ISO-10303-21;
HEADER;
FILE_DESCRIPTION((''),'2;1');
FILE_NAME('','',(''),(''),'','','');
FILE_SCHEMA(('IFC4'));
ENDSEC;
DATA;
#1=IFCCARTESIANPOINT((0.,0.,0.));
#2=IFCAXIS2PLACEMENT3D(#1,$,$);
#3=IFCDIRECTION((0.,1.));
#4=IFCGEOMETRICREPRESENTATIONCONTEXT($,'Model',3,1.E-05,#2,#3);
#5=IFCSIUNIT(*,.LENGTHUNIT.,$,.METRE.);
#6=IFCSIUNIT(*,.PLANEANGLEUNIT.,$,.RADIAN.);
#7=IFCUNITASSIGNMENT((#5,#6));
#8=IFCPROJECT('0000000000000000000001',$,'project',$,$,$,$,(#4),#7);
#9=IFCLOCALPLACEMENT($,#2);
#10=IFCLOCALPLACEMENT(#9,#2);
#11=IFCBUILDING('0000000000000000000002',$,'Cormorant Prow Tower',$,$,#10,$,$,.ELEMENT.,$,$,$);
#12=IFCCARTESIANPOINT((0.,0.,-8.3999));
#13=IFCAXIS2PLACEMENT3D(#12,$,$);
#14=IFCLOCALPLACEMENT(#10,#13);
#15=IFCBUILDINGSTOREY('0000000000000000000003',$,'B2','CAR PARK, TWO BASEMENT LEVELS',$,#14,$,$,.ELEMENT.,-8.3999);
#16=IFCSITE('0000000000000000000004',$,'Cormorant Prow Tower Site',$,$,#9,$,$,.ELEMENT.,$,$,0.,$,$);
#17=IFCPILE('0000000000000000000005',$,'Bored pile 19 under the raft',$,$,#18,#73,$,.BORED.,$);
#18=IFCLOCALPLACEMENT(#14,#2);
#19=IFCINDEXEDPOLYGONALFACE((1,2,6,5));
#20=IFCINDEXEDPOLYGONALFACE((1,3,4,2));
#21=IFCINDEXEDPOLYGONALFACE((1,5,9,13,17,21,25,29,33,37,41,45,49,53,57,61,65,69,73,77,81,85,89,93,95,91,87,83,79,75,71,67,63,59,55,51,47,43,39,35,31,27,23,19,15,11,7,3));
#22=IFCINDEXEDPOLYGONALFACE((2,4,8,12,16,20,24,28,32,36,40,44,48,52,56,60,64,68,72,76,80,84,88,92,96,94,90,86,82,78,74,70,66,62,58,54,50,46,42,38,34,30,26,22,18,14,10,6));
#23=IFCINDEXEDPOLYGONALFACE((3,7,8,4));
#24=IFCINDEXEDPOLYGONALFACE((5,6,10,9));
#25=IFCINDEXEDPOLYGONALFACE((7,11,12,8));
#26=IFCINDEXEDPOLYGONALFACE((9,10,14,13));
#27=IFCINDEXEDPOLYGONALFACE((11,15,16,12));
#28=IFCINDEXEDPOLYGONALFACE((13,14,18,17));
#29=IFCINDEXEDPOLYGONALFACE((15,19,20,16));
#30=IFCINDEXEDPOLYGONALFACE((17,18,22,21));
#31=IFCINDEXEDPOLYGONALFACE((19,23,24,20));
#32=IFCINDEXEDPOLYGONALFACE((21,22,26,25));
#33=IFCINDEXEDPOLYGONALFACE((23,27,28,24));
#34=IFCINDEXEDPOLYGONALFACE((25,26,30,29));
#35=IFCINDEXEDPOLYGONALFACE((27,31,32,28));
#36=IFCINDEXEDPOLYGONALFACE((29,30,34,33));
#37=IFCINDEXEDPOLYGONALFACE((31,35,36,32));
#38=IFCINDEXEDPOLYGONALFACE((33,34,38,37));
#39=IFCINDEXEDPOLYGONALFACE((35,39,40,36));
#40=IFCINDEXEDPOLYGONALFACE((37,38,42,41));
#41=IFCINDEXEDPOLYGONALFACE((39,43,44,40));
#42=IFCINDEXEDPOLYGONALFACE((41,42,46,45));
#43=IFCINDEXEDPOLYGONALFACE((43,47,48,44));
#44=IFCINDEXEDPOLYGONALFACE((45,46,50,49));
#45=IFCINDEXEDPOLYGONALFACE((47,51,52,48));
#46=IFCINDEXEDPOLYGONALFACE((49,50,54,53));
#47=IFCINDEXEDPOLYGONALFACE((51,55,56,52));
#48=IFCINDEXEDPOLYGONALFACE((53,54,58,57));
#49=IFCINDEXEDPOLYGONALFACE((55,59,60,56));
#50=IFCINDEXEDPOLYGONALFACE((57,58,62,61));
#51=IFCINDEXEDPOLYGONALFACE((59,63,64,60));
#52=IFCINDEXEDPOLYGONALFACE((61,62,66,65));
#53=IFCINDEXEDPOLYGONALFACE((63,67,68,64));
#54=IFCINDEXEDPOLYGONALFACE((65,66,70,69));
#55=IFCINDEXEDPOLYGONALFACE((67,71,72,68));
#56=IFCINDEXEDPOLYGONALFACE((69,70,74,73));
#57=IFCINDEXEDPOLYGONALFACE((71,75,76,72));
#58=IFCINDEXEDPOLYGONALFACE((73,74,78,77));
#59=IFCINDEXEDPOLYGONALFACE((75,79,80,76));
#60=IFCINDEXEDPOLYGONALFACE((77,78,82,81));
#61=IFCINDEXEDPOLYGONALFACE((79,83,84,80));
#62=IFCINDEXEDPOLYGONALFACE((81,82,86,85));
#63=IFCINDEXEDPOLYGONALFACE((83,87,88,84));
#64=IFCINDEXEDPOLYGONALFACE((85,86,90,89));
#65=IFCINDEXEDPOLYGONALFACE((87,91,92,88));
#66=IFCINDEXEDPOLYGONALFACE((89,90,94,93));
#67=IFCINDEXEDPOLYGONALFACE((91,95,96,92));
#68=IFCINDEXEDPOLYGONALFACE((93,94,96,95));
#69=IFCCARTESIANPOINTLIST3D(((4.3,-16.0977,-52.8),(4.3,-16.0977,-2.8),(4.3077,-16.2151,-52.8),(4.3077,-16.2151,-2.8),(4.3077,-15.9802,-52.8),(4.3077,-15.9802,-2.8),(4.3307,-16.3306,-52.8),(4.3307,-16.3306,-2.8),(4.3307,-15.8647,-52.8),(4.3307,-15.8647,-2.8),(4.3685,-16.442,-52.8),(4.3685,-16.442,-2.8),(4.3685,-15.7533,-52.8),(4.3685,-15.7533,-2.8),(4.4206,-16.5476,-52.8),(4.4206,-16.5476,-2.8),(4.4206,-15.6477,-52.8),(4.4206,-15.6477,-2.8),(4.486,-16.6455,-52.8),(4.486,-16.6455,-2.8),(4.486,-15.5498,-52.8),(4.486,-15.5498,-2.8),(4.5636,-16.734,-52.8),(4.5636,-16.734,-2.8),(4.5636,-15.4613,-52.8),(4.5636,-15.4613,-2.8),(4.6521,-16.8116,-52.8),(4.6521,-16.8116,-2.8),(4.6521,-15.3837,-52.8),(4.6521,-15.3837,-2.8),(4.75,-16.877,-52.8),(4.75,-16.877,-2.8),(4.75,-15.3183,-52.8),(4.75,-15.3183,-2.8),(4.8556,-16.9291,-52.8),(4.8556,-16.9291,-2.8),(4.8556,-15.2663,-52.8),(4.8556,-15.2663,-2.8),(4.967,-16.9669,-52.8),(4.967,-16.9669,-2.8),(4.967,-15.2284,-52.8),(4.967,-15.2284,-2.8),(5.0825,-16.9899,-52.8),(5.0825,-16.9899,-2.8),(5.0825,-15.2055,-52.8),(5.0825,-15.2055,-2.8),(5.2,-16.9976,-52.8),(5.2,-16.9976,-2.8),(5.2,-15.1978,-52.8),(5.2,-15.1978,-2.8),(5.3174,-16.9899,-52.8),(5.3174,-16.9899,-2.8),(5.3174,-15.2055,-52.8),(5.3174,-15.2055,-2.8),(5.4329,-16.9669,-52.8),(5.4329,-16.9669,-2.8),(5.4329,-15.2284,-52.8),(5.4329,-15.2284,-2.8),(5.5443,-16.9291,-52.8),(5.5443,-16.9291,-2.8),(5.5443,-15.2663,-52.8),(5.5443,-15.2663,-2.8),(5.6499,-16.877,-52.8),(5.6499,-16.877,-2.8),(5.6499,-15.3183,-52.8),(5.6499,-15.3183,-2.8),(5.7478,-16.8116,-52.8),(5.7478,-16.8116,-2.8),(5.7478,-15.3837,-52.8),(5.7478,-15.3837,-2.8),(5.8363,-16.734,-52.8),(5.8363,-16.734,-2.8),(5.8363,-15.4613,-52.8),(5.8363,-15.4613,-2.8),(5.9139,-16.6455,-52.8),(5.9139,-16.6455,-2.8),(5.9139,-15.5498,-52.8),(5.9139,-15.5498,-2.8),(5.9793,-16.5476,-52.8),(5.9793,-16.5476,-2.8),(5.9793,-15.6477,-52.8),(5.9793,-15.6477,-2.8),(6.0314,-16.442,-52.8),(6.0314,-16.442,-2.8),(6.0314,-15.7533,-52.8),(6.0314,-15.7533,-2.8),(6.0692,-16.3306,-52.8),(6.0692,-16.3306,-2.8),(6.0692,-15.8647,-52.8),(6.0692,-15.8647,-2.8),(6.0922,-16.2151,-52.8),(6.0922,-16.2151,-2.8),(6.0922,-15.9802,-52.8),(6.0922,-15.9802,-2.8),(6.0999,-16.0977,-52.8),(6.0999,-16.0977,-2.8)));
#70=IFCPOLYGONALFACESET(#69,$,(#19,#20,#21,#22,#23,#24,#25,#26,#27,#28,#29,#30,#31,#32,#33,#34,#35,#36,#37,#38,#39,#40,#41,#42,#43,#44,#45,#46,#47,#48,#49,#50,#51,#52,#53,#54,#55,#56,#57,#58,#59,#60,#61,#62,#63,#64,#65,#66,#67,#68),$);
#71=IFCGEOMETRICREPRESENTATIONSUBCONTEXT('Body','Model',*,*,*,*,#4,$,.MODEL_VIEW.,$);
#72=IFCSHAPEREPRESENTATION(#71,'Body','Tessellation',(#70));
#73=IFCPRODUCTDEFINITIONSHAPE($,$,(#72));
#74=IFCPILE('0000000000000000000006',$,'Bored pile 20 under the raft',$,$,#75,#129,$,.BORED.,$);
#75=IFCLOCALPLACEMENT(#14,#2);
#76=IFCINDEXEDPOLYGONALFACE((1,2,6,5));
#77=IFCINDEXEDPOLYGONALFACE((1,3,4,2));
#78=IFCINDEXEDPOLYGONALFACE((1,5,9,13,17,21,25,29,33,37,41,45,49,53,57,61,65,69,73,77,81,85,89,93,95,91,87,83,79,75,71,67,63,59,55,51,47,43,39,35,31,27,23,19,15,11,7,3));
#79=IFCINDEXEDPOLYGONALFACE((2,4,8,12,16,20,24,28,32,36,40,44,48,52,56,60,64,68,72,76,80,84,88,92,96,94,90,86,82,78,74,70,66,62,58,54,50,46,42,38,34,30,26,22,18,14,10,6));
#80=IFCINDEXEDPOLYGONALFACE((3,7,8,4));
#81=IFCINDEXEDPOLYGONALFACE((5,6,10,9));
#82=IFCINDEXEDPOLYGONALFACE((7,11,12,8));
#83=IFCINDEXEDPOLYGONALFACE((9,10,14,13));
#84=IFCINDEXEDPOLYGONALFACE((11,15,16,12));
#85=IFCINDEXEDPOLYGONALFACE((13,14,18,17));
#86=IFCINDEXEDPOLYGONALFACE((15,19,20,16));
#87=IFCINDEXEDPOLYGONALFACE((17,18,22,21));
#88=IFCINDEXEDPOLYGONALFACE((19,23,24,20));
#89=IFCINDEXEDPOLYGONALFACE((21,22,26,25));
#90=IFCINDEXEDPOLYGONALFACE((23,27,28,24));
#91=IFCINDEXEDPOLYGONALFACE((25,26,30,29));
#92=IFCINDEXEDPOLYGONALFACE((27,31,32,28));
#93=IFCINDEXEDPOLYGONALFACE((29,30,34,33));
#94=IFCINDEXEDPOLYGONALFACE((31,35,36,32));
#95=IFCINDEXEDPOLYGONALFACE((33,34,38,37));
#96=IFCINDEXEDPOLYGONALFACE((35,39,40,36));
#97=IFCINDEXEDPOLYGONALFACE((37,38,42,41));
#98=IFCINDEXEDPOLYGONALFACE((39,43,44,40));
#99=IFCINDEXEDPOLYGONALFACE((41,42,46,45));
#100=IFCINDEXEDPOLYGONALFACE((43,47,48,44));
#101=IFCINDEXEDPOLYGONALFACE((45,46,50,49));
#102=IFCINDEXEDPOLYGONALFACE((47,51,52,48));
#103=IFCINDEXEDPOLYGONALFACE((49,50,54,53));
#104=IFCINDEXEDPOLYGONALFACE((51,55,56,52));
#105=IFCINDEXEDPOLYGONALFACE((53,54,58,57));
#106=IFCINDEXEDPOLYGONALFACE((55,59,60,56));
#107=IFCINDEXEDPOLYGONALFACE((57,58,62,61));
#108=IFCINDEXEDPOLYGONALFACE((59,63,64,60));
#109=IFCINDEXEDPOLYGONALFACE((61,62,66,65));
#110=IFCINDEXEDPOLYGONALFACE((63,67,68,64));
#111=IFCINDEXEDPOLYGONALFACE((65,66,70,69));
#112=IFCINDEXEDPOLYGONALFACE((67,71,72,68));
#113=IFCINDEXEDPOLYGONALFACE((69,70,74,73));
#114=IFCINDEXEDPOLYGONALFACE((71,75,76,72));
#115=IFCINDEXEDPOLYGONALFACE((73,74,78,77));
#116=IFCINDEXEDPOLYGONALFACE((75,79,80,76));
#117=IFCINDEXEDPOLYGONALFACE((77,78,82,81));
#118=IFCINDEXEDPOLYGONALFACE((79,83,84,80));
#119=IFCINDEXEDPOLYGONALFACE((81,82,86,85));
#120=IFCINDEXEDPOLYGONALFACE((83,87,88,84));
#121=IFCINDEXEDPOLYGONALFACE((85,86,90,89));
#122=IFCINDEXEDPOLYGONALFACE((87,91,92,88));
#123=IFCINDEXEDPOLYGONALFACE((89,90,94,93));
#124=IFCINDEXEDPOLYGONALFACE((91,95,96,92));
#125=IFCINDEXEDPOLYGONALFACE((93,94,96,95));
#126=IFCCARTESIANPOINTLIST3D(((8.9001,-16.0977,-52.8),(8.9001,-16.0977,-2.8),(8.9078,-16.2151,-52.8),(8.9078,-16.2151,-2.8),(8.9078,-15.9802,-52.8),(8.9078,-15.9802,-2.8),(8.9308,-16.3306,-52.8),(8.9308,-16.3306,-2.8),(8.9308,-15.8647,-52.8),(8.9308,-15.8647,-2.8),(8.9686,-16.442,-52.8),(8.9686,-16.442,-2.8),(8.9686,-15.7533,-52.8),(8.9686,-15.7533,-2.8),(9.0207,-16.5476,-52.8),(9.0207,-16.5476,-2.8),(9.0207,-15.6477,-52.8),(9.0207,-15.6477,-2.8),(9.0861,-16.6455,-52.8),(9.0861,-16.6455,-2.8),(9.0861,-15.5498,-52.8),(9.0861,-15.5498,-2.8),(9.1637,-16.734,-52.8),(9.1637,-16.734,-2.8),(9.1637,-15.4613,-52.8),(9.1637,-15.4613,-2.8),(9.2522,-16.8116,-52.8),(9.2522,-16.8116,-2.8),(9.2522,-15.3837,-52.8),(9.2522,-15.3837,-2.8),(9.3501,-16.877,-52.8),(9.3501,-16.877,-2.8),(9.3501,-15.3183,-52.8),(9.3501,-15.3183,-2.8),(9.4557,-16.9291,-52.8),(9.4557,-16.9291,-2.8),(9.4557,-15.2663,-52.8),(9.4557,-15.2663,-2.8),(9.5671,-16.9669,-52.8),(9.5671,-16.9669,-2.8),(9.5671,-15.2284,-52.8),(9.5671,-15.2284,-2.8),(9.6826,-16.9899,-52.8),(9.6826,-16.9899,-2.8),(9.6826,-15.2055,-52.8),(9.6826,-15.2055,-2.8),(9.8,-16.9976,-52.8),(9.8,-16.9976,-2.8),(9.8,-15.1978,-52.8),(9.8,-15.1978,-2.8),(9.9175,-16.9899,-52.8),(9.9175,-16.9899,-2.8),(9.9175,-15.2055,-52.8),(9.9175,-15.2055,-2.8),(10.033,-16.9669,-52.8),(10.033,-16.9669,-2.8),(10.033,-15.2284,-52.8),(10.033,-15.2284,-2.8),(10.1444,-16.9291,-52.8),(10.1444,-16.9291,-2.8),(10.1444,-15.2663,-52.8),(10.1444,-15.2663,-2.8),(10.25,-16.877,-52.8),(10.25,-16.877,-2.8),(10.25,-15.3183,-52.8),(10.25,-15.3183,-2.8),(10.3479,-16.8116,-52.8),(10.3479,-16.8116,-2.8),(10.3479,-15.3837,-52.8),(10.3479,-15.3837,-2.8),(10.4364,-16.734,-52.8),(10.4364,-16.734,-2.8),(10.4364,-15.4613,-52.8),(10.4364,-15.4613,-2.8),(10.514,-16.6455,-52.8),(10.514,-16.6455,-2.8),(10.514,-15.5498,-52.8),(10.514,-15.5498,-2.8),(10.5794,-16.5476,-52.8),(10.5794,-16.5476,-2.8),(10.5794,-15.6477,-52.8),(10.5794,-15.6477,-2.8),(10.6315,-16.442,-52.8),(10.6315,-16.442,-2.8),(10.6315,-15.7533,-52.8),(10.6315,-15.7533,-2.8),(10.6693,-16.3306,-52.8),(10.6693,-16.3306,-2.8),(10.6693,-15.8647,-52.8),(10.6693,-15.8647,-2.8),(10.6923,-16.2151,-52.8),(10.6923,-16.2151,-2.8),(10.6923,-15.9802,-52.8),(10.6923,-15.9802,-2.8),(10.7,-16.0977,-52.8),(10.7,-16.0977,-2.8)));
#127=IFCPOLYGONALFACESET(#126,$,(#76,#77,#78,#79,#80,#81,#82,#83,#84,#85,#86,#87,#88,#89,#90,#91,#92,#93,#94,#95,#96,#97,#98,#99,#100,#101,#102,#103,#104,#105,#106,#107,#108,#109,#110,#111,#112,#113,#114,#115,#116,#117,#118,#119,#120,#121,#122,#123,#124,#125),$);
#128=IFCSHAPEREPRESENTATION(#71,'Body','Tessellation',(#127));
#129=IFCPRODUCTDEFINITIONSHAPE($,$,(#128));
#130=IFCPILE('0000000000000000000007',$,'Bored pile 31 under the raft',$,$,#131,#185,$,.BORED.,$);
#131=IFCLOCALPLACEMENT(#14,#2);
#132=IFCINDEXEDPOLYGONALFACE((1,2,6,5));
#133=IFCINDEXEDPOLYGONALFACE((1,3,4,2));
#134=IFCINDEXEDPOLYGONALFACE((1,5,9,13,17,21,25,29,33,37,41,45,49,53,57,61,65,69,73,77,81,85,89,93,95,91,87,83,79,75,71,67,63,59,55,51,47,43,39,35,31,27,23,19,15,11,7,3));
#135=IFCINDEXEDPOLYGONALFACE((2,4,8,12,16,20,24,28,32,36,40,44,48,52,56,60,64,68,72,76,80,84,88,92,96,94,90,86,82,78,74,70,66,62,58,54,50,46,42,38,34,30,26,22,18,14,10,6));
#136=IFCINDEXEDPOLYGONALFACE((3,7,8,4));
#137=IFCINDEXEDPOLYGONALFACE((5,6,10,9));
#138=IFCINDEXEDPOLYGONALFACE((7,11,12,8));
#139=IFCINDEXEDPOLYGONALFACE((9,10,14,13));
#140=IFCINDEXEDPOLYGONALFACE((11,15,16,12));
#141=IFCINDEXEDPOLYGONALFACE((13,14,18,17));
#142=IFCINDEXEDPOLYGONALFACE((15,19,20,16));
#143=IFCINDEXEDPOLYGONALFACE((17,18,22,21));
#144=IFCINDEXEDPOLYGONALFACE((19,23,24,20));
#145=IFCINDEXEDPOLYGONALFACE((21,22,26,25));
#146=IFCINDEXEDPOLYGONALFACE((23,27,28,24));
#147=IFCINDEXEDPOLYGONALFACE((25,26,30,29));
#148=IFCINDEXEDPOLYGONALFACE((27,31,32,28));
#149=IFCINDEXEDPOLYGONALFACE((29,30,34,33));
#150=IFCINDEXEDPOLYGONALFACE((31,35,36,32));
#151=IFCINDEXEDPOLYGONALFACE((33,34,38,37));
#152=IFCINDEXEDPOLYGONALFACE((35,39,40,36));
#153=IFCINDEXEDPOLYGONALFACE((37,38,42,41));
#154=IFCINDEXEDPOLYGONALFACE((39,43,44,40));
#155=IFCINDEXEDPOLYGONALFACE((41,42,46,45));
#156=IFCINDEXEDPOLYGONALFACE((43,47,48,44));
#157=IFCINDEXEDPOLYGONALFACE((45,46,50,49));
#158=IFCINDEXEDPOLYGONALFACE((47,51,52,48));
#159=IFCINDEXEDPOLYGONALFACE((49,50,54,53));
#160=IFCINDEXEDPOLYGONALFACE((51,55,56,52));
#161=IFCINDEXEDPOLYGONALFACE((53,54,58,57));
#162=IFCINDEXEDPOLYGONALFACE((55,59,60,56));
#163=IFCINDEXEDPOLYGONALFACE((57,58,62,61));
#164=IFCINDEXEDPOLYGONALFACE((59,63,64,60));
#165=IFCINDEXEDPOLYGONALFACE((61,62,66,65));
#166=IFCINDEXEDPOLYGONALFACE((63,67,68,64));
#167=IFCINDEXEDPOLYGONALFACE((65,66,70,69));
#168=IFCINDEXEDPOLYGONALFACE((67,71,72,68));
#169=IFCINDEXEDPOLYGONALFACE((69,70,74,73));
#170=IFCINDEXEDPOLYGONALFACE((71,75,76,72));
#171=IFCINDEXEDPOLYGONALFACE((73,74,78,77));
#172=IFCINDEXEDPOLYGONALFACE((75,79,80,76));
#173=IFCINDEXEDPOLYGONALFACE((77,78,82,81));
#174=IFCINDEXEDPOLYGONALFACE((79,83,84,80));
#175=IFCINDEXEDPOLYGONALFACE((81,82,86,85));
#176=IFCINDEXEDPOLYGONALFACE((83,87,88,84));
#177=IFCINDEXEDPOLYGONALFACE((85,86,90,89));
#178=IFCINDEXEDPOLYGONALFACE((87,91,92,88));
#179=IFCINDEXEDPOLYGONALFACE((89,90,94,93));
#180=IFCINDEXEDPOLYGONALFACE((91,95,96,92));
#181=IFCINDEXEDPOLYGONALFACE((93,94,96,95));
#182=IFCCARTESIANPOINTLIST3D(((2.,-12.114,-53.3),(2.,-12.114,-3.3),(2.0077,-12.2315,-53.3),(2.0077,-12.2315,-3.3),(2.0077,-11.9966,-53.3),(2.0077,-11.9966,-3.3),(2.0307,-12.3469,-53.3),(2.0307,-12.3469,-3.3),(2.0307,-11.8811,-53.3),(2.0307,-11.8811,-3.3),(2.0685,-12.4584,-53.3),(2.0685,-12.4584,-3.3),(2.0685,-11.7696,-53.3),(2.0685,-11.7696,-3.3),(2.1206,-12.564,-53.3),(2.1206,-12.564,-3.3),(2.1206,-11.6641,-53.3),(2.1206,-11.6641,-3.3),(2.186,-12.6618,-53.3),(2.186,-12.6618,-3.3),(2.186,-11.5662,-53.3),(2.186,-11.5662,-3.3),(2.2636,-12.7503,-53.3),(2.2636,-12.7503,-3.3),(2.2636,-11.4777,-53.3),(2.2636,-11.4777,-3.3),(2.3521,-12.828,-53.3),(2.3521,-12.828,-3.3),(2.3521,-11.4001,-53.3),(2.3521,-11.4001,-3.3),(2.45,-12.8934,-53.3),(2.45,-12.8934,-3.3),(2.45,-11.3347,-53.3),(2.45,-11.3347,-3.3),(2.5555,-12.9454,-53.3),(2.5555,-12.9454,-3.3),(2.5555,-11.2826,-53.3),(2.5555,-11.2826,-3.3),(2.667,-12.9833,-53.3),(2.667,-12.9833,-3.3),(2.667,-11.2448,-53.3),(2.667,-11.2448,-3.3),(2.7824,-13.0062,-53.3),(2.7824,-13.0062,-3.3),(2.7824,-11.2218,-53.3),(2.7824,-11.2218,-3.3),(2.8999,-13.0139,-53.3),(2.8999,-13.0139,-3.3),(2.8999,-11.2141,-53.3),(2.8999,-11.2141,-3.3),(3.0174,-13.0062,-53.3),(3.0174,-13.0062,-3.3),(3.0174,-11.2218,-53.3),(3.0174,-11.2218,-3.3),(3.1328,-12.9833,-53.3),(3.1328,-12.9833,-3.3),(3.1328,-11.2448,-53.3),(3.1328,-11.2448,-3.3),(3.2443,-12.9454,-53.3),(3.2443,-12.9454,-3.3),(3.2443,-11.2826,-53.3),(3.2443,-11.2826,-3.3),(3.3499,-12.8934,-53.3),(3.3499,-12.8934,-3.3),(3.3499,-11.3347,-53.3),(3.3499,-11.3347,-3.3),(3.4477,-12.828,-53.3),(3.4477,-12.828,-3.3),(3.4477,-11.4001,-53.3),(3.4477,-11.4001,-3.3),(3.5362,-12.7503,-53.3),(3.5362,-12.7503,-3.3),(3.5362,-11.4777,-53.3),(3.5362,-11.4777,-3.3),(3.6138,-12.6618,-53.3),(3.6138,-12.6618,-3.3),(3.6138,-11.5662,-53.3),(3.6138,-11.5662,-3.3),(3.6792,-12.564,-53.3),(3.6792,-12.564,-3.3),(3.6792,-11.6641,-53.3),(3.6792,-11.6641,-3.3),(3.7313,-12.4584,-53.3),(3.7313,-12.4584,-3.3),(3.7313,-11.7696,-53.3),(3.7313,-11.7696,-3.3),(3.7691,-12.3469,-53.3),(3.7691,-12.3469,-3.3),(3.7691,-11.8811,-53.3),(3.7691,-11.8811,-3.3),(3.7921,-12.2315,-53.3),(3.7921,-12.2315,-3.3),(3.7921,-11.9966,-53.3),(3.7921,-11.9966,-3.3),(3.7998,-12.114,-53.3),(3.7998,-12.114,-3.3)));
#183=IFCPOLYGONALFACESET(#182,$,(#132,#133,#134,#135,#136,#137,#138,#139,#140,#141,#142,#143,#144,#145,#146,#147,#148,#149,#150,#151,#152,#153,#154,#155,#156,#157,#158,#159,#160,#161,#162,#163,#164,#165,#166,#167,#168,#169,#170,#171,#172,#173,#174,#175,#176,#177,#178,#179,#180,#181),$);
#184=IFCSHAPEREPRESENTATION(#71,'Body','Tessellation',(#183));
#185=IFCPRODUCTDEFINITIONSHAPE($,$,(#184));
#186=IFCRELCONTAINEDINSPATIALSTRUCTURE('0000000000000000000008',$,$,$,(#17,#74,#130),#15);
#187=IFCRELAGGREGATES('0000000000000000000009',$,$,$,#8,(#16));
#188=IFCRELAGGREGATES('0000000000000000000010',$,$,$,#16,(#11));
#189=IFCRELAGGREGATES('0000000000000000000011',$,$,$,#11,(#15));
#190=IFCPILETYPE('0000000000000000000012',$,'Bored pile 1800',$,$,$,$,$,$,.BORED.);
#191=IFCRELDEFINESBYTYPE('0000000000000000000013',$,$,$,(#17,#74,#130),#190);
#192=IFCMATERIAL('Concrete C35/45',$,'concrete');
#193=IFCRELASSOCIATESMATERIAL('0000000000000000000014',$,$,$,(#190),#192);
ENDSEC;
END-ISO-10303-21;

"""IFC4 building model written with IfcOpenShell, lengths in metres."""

from ifc_helpers import new_model, si_unit, direction, frame, origin, origin_2d, place, context, subcontext, project, spatial, circle, extrude, material, material_profile, profile_set, type_object, element, save


model = new_model("IFC4")

# Units and contexts
model_context = context("Model", 3, precision=1e-05, world=origin(), true_north=direction((0.0, 1.0)))
body_context = subcontext(model_context, "Body", "Model", "MODEL_VIEW")
ifc_project = project(units=[si_unit("LENGTHUNIT", "METRE"), si_unit("PLANEANGLEUNIT", "RADIAN")], contexts=[model_context])

# Site, building, storey
site_placement = place(None, origin())
site = spatial("IfcSite", under=ifc_project, at=site_placement, Name="Cormorant Prow Tower Site", CompositionType="ELEMENT", RefElevation=0.0)
building_placement = place(site_placement, origin())
building = spatial("IfcBuilding", under=site, at=building_placement, Name="Cormorant Prow Tower", CompositionType="ELEMENT")
storey_placement = place(building_placement, frame((0.0, 0.0, -8.3999)))
storey = spatial("IfcBuildingStorey", under=building, at=storey_placement, Name="B2", Description="CAR PARK, TWO BASEMENT LEVELS", CompositionType="ELEMENT", Elevation=-8.3999)

# Piles
ifc_material_1 = material(Name="Concrete C35/45", Category="concrete")
ifc_material_profile_1 = material_profile(ifc_material_1, circle(Radius=0.8999, at=origin_2d()), Name="Round 1800")
ifc_profile_set_1 = profile_set([ifc_material_profile_1], Name="Concrete C35/45")
pile_type_1 = type_object("IfcPileType", Name="Bored pile 1800", PredefinedType="BORED", material=ifc_profile_set_1)
for number, where, z_axis, x_axis, name in (
    (1, (5.2, -16.0977, -2.8), (0.0, 0.0, -1.0), (1.0, 0.0, 0.0), "Bored pile 19 under the raft"),
    (2, (9.8, -16.0977, -2.8), (0.0, 0.0, -1.0), (1.0, 0.0, 0.0), "Bored pile 20 under the raft"),
    (3, (2.8999, -12.114, -3.3), (0.0, 0.0, -1.0), (1.0, 0.0, 0.0), "Bored pile 31 under the raft"),
):
    element("IfcPile", number, at=place(storey_placement, frame(where, z_axis=z_axis, x_axis=x_axis)), inside=storey, type_object=pile_type_1, Name=name, PredefinedType="BORED", context=body_context, shape_type="SweptSolid", body=[
        extrude(circle(Radius=0.8999, at=origin_2d()), origin(), (0.0, 0.0, 1.0), 50.0),
    ])

save(model, "model.ifc")
